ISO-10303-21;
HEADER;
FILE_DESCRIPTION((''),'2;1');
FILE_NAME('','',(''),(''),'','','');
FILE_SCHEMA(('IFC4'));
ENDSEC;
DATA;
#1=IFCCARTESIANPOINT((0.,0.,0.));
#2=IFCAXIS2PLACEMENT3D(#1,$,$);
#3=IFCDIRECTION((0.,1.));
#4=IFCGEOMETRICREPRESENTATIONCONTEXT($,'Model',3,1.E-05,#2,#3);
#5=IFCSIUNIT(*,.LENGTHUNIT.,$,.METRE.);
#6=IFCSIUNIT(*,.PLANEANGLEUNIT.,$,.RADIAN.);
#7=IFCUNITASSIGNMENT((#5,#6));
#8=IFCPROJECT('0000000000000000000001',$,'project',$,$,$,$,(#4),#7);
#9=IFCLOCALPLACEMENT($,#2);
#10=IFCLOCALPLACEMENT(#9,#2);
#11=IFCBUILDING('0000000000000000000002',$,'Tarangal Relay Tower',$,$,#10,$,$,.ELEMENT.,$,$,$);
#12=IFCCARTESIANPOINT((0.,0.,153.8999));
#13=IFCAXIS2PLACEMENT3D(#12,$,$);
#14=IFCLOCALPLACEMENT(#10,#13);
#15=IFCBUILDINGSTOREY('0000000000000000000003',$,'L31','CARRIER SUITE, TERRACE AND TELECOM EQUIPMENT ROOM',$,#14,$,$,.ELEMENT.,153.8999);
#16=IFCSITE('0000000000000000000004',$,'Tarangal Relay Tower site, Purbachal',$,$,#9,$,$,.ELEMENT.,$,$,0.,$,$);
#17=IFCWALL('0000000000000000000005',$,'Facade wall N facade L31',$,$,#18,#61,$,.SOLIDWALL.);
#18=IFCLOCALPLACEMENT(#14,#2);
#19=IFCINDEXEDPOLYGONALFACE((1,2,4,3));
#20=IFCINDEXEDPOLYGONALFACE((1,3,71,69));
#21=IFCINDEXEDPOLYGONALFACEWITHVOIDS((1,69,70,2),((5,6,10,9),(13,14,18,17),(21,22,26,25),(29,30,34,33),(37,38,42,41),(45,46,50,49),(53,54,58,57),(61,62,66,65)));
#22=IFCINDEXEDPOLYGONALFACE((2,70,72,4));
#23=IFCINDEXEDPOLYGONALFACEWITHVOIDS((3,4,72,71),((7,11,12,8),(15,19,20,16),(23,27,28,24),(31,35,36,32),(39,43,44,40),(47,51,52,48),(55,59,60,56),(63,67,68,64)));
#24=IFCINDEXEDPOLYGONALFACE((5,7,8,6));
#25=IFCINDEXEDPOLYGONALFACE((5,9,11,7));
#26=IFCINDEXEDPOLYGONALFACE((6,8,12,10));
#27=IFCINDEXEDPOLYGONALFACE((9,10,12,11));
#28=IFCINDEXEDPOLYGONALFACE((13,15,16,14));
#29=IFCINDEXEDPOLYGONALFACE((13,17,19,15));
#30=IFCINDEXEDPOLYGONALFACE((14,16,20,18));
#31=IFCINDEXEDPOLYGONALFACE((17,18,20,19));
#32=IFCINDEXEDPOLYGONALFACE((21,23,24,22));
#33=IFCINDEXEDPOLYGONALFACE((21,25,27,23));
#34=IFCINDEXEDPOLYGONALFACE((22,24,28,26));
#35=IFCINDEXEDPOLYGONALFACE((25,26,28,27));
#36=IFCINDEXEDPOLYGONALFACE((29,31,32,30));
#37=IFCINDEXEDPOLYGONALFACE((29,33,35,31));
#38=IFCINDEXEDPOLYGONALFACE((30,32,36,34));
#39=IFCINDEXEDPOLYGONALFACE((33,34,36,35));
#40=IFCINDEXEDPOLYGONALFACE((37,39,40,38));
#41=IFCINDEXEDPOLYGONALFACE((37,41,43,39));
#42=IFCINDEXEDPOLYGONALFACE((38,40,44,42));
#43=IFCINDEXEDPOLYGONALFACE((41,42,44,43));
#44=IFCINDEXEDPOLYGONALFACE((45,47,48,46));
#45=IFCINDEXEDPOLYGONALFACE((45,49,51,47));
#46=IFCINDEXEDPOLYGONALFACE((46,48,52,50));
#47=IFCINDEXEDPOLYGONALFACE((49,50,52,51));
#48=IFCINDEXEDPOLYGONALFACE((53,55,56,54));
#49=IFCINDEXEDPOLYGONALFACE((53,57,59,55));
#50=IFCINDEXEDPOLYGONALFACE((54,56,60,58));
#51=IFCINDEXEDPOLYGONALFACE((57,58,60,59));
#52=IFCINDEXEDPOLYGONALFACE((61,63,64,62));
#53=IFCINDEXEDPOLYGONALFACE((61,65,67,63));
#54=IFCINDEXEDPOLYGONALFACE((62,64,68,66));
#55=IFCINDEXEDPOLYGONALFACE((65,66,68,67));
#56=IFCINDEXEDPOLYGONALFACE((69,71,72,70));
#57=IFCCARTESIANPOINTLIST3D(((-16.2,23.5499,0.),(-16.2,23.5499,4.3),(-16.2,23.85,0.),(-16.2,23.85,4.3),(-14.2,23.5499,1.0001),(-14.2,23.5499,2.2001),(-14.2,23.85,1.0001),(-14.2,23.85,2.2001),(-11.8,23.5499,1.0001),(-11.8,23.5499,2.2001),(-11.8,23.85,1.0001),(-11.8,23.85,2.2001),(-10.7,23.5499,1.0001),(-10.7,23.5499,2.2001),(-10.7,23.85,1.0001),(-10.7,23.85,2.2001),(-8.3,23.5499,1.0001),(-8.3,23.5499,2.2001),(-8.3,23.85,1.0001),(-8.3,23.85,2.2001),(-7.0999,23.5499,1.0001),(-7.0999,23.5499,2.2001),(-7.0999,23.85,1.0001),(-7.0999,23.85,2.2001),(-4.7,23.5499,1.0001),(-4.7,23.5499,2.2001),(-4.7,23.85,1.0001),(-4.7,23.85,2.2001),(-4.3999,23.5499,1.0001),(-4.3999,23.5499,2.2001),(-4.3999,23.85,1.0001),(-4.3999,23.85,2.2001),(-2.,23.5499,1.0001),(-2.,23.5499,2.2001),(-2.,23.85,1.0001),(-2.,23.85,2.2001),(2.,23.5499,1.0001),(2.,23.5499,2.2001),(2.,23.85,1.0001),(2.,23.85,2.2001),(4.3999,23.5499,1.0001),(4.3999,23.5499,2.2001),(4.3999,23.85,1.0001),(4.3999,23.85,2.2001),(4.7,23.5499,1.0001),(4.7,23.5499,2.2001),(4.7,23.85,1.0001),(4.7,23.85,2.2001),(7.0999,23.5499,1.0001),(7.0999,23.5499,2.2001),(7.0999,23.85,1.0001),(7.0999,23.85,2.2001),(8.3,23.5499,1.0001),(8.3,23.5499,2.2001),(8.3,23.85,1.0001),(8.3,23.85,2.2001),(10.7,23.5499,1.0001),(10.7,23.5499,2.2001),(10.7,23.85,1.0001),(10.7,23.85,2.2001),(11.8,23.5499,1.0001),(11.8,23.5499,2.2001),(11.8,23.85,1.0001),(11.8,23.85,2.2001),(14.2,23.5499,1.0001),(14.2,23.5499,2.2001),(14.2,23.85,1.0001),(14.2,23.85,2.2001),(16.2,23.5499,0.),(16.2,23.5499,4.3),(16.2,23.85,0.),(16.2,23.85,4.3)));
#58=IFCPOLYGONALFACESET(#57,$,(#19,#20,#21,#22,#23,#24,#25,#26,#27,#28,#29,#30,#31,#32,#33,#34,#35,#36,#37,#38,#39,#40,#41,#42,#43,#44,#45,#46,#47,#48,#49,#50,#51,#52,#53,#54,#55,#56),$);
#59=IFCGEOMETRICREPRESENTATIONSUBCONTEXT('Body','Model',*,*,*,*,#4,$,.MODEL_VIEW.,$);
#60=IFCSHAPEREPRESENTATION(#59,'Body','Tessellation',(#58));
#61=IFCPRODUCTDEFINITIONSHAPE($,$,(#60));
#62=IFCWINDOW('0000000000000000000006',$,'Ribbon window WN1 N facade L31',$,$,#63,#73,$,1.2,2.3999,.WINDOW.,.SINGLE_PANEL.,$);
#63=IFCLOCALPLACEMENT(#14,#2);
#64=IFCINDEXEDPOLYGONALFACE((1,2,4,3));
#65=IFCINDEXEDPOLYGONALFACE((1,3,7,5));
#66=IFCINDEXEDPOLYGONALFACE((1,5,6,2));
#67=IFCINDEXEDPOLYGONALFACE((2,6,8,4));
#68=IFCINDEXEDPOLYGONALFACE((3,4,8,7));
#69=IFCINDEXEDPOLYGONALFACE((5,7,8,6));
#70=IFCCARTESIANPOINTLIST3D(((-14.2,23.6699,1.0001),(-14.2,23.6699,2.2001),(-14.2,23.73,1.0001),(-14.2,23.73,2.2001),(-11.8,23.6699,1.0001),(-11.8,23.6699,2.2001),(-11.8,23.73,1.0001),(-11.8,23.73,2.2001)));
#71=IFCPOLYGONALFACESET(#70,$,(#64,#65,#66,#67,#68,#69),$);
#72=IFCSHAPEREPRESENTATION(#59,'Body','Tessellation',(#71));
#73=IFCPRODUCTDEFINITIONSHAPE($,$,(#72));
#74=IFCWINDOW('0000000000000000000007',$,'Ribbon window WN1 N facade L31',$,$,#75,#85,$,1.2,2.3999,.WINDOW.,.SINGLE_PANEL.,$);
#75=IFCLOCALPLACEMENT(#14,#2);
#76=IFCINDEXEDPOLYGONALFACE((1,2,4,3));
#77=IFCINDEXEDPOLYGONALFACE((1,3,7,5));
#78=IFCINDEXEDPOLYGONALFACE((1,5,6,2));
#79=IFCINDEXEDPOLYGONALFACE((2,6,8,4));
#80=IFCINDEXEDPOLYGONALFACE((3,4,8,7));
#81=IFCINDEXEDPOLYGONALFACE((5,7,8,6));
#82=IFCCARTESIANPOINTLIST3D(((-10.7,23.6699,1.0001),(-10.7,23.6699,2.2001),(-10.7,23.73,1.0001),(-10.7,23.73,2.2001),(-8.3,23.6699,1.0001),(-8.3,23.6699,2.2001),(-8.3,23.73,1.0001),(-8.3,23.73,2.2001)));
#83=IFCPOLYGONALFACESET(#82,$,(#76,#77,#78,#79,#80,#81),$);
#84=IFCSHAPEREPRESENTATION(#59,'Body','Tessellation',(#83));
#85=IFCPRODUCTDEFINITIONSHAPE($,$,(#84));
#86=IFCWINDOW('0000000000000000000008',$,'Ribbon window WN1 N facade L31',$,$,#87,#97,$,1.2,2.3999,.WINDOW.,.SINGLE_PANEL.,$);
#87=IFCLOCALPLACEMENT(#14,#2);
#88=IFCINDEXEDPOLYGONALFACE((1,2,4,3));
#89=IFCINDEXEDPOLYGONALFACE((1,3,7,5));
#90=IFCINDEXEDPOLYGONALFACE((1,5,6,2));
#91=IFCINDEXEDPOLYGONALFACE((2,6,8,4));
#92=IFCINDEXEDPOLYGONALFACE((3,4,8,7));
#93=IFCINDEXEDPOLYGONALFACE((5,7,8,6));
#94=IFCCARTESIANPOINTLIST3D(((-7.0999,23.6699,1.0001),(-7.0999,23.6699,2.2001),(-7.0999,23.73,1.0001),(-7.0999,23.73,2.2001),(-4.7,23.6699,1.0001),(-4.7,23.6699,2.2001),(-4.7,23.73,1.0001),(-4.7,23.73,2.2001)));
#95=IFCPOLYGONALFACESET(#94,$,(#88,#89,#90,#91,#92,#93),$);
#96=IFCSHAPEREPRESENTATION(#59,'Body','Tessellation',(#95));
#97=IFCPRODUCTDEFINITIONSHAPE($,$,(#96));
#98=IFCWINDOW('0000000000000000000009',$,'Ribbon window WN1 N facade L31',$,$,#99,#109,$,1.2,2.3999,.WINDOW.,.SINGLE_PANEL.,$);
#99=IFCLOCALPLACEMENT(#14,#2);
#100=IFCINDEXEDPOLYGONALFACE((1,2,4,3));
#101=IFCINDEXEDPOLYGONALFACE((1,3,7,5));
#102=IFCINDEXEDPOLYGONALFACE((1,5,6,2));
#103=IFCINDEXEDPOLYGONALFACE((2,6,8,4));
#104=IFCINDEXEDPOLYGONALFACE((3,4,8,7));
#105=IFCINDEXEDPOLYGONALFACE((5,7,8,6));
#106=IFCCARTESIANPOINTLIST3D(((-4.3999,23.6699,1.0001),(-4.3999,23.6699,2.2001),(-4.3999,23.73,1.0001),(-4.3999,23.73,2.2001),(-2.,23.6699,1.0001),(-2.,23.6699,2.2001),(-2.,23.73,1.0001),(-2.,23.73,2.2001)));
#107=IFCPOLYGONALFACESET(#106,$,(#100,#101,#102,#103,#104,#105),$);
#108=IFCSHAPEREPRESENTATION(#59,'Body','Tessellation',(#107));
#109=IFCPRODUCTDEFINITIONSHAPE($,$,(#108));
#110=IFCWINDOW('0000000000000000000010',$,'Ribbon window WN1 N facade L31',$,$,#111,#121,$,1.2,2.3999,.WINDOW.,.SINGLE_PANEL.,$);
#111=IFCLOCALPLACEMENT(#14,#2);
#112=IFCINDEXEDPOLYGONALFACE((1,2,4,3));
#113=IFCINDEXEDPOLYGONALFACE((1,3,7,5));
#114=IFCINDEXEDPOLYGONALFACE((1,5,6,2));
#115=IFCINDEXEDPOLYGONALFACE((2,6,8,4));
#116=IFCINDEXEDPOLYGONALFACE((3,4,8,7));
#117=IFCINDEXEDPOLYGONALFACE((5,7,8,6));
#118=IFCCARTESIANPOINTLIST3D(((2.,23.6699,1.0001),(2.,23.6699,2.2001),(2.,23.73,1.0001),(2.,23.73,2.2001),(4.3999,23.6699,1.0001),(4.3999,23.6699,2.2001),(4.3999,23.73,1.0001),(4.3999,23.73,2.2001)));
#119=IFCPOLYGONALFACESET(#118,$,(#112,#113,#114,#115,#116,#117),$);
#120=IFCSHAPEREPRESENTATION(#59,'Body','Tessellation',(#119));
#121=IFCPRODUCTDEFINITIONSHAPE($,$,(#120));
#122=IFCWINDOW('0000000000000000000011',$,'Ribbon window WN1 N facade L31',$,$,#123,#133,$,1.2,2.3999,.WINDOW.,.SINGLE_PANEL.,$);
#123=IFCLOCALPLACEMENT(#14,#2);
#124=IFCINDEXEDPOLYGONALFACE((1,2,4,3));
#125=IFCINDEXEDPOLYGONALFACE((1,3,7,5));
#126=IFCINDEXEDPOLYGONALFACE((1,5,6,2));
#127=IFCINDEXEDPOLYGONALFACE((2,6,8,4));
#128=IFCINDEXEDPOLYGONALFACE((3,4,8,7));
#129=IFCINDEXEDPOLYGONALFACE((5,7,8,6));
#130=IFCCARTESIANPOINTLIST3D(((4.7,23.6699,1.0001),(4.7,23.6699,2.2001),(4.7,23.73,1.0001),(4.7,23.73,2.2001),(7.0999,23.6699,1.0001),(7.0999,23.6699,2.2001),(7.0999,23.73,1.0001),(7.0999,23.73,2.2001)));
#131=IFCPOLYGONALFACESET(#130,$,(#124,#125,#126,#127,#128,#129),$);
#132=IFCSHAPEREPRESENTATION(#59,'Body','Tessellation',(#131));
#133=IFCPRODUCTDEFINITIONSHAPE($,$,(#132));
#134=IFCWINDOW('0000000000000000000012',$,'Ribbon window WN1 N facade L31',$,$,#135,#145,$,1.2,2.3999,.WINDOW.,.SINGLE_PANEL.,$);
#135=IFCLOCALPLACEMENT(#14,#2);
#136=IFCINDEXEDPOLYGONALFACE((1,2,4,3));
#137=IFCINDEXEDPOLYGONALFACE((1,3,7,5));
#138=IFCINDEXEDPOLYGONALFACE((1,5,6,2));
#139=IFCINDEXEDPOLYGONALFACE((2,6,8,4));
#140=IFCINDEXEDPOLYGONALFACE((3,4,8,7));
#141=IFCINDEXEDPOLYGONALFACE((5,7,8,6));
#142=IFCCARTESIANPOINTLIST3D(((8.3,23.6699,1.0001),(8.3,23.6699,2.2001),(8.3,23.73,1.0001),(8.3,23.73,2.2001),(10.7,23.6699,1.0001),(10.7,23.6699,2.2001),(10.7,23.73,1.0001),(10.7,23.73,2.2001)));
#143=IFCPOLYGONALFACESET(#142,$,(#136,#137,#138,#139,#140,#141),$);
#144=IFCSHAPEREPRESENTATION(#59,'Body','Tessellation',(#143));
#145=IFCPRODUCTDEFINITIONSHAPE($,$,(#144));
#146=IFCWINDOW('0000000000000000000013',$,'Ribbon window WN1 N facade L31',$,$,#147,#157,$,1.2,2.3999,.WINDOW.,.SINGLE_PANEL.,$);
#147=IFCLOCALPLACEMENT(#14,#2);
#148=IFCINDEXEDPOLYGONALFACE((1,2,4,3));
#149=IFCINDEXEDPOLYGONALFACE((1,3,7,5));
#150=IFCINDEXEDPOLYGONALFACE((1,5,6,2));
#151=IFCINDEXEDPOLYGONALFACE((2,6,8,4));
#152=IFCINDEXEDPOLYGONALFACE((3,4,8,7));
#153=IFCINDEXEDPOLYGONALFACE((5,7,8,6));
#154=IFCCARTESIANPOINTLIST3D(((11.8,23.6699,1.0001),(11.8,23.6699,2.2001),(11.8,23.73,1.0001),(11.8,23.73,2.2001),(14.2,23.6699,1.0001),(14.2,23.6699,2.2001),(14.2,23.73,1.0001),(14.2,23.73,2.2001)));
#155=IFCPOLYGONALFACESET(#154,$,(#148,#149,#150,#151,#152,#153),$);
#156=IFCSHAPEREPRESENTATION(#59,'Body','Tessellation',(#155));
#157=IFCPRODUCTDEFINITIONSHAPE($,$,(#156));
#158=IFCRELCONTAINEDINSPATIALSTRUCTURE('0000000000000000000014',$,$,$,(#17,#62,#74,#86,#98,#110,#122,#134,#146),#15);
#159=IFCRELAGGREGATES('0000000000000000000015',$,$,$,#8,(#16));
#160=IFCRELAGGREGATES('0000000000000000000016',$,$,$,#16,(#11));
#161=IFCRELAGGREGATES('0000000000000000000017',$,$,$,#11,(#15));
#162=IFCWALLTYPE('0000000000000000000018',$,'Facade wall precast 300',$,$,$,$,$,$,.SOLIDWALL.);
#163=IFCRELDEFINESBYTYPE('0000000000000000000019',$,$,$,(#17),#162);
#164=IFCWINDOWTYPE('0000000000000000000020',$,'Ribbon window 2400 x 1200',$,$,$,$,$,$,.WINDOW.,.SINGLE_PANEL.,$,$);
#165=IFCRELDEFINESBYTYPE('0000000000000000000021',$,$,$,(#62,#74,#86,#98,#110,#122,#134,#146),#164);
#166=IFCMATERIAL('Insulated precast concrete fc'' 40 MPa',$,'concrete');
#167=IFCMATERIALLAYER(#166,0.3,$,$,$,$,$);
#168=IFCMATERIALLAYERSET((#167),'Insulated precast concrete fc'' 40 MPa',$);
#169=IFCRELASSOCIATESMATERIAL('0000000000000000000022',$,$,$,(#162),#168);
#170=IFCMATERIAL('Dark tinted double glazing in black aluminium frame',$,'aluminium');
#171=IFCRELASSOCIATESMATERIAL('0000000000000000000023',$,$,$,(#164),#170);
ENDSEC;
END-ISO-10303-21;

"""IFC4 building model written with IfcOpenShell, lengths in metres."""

from ifc_helpers import new_model, si_unit, direction, frame, frame_2d, origin, place, context, subcontext, project, spatial, rectangle, extrude, material, layer, layer_set, type_object, element, fill, save


model = new_model("IFC4")

# Units and contexts
model_context = context("Model", 3, precision=1e-05, world=origin(), true_north=direction((0.0, 1.0)))
body_context = subcontext(model_context, "Body", "Model", "MODEL_VIEW")
ifc_project = project(units=[si_unit("LENGTHUNIT", "METRE"), si_unit("PLANEANGLEUNIT", "RADIAN")], contexts=[model_context])

# Site, building, storey
site_placement = place(None, origin())
site = spatial("IfcSite", under=ifc_project, at=site_placement, Name="Tarangal Relay Tower site, Purbachal", CompositionType="ELEMENT", RefElevation=0.0)
building_placement = place(site_placement, origin())
building = spatial("IfcBuilding", under=site, at=building_placement, Name="Tarangal Relay Tower", CompositionType="ELEMENT")
storey_placement = place(building_placement, frame((0.0, 0.0, 153.8999)))
storey = spatial("IfcBuildingStorey", under=building, at=storey_placement, Name="L31", Description="CARRIER SUITE, TERRACE AND TELECOM EQUIPMENT ROOM", CompositionType="ELEMENT", Elevation=153.8999)

# Wall, openings, windows
ifc_material_1 = material(Name="Insulated precast concrete fc' 40 MPa", Category="concrete")
ifc_layer_1 = layer(ifc_material_1, 0.3)
ifc_layer_set_1 = layer_set([ifc_layer_1], Name="Insulated precast concrete fc' 40 MPa")
wall_type_1 = type_object("IfcWallType", Name="Facade wall precast 300", PredefinedType="SOLIDWALL", material=ifc_layer_set_1)
wall_1_placement = place(storey_placement, frame((-16.2, 23.7, 0.0), z_axis=(0.0, 0.0, 1.0), x_axis=(1.0, 0.0, 0.0)))
wall_1 = element("IfcWall", 1, at=wall_1_placement, inside=storey, type_object=wall_type_1, Name="Facade wall N facade L31", PredefinedType="SOLIDWALL", context=body_context, shape_type="SweptSolid", body=[
    extrude(rectangle(XDim=32.3999, YDim=0.3, at=frame_2d((16.2, 0.0))), origin(), (0.0, 0.0, 1.0), 4.3),
])
opening_1_placement = place(wall_1_placement, frame((2.0, 0.0, 1.0)))
opening_1 = element("IfcOpeningElement", 2, at=opening_1_placement, cuts=wall_1, PredefinedType="OPENING", context=body_context, shape_type="SweptSolid", body=[
    extrude(rectangle(XDim=2.3999, YDim=1.2, at=frame_2d((1.2, 0.6001))), frame((0.0, 0.1599, 0.0), z_axis=(0.0, -1.0, 0.0), x_axis=(1.0, 0.0, 0.0)), (0.0, 0.0, 1.0), 0.3201),
])
opening_2_placement = place(wall_1_placement, frame((5.5, 0.0, 1.0)))
opening_2 = element("IfcOpeningElement", 3, at=opening_2_placement, cuts=wall_1, PredefinedType="OPENING", context=body_context, shape_type="SweptSolid", body=[
    extrude(rectangle(XDim=2.3999, YDim=1.2, at=frame_2d((1.2, 0.6001))), frame((0.0, 0.1599, 0.0), z_axis=(0.0, -1.0, 0.0), x_axis=(1.0, 0.0, 0.0)), (0.0, 0.0, 1.0), 0.3201),
])
opening_3_placement = place(wall_1_placement, frame((9.1001, 0.0, 1.0)))
opening_3 = element("IfcOpeningElement", 4, at=opening_3_placement, cuts=wall_1, PredefinedType="OPENING", context=body_context, shape_type="SweptSolid", body=[
    extrude(rectangle(XDim=2.3999, YDim=1.2, at=frame_2d((1.2, 0.6001))), frame((0.0, 0.1599, 0.0), z_axis=(0.0, -1.0, 0.0), x_axis=(1.0, 0.0, 0.0)), (0.0, 0.0, 1.0), 0.3201),
])
opening_4_placement = place(wall_1_placement, frame((11.8, 0.0, 1.0)))
opening_4 = element("IfcOpeningElement", 5, at=opening_4_placement, cuts=wall_1, PredefinedType="OPENING", context=body_context, shape_type="SweptSolid", body=[
    extrude(rectangle(XDim=2.3999, YDim=1.2, at=frame_2d((1.2, 0.6001))), frame((0.0, 0.1599, 0.0), z_axis=(0.0, -1.0, 0.0), x_axis=(1.0, 0.0, 0.0)), (0.0, 0.0, 1.0), 0.3201),
])
opening_5_placement = place(wall_1_placement, frame((18.2, 0.0, 1.0)))
opening_5 = element("IfcOpeningElement", 6, at=opening_5_placement, cuts=wall_1, PredefinedType="OPENING", context=body_context, shape_type="SweptSolid", body=[
    extrude(rectangle(XDim=2.3999, YDim=1.2, at=frame_2d((1.2, 0.6001))), frame((0.0, 0.1599, 0.0), z_axis=(0.0, -1.0, 0.0), x_axis=(1.0, 0.0, 0.0)), (0.0, 0.0, 1.0), 0.3201),
])
opening_6_placement = place(wall_1_placement, frame((20.8999, 0.0, 1.0)))
opening_6 = element("IfcOpeningElement", 7, at=opening_6_placement, cuts=wall_1, PredefinedType="OPENING", context=body_context, shape_type="SweptSolid", body=[
    extrude(rectangle(XDim=2.3999, YDim=1.2, at=frame_2d((1.2, 0.6001))), frame((0.0, 0.1599, 0.0), z_axis=(0.0, -1.0, 0.0), x_axis=(1.0, 0.0, 0.0)), (0.0, 0.0, 1.0), 0.3201),
])
opening_7_placement = place(wall_1_placement, frame((24.5, 0.0, 1.0)))
opening_7 = element("IfcOpeningElement", 8, at=opening_7_placement, cuts=wall_1, PredefinedType="OPENING", context=body_context, shape_type="SweptSolid", body=[
    extrude(rectangle(XDim=2.3999, YDim=1.2, at=frame_2d((1.2, 0.6001))), frame((0.0, 0.1599, 0.0), z_axis=(0.0, -1.0, 0.0), x_axis=(1.0, 0.0, 0.0)), (0.0, 0.0, 1.0), 0.3201),
])
opening_8_placement = place(wall_1_placement, frame((28.0, 0.0, 1.0)))
opening_8 = element("IfcOpeningElement", 9, at=opening_8_placement, cuts=wall_1, PredefinedType="OPENING", context=body_context, shape_type="SweptSolid", body=[
    extrude(rectangle(XDim=2.3999, YDim=1.2, at=frame_2d((1.2, 0.6001))), frame((0.0, 0.1599, 0.0), z_axis=(0.0, -1.0, 0.0), x_axis=(1.0, 0.0, 0.0)), (0.0, 0.0, 1.0), 0.3201),
])
ifc_material_2 = material(Name="Dark tinted double glazing in black aluminium frame", Category="aluminium")
window_type = type_object("IfcWindowType", Name="Ribbon window 2400 x 1200", PartitioningType="SINGLE_PANEL", PredefinedType="WINDOW", material=ifc_material_2)
window_1_placement = place(opening_1_placement, origin())
window_1 = element("IfcWindow", 10, at=window_1_placement, inside=storey, type_object=window_type, Name="Ribbon window WN1 N facade L31", OverallHeight=1.2, OverallWidth=2.3999, PartitioningType="SINGLE_PANEL", PredefinedType="WINDOW", context=body_context, shape_type="SweptSolid", body=[
    extrude(rectangle(XDim=2.3999, YDim=1.2, at=frame_2d((1.2, 0.6001))), frame((0.0, 0.03, 0.0), z_axis=(0.0, -1.0, 0.0), x_axis=(1.0, 0.0, 0.0)), (0.0, 0.0, 1.0), 0.0601),
])
fill(opening_1, window_1)
window_2_placement = place(opening_2_placement, origin())
window_2 = element("IfcWindow", 11, at=window_2_placement, inside=storey, type_object=window_type, Name="Ribbon window WN1 N facade L31", OverallHeight=1.2, OverallWidth=2.3999, PartitioningType="SINGLE_PANEL", PredefinedType="WINDOW", context=body_context, shape_type="SweptSolid", body=[
    extrude(rectangle(XDim=2.3999, YDim=1.2, at=frame_2d((1.2, 0.6001))), frame((0.0, 0.03, 0.0), z_axis=(0.0, -1.0, 0.0), x_axis=(1.0, 0.0, 0.0)), (0.0, 0.0, 1.0), 0.0601),
])
fill(opening_2, window_2)
window_3_placement = place(opening_3_placement, origin())
window_3 = element("IfcWindow", 12, at=window_3_placement, inside=storey, type_object=window_type, Name="Ribbon window WN1 N facade L31", OverallHeight=1.2, OverallWidth=2.3999, PartitioningType="SINGLE_PANEL", PredefinedType="WINDOW", context=body_context, shape_type="SweptSolid", body=[
    extrude(rectangle(XDim=2.3999, YDim=1.2, at=frame_2d((1.2, 0.6001))), frame((0.0, 0.03, 0.0), z_axis=(0.0, -1.0, 0.0), x_axis=(1.0, 0.0, 0.0)), (0.0, 0.0, 1.0), 0.0601),
])
fill(opening_3, window_3)
window_4_placement = place(opening_4_placement, origin())
window_4 = element("IfcWindow", 13, at=window_4_placement, inside=storey, type_object=window_type, Name="Ribbon window WN1 N facade L31", OverallHeight=1.2, OverallWidth=2.3999, PartitioningType="SINGLE_PANEL", PredefinedType="WINDOW", context=body_context, shape_type="SweptSolid", body=[
    extrude(rectangle(XDim=2.3999, YDim=1.2, at=frame_2d((1.2, 0.6001))), frame((0.0, 0.03, 0.0), z_axis=(0.0, -1.0, 0.0), x_axis=(1.0, 0.0, 0.0)), (0.0, 0.0, 1.0), 0.0601),
])
fill(opening_4, window_4)
window_5_placement = place(opening_5_placement, origin())
window_5 = element("IfcWindow", 14, at=window_5_placement, inside=storey, type_object=window_type, Name="Ribbon window WN1 N facade L31", OverallHeight=1.2, OverallWidth=2.3999, PartitioningType="SINGLE_PANEL", PredefinedType="WINDOW", context=body_context, shape_type="SweptSolid", body=[
    extrude(rectangle(XDim=2.3999, YDim=1.2, at=frame_2d((1.2, 0.6001))), frame((0.0, 0.03, 0.0), z_axis=(0.0, -1.0, 0.0), x_axis=(1.0, 0.0, 0.0)), (0.0, 0.0, 1.0), 0.0601),
])
fill(opening_5, window_5)
window_6_placement = place(opening_6_placement, origin())
window_6 = element("IfcWindow", 15, at=window_6_placement, inside=storey, type_object=window_type, Name="Ribbon window WN1 N facade L31", OverallHeight=1.2, OverallWidth=2.3999, PartitioningType="SINGLE_PANEL", PredefinedType="WINDOW", context=body_context, shape_type="SweptSolid", body=[
    extrude(rectangle(XDim=2.3999, YDim=1.2, at=frame_2d((1.2, 0.6001))), frame((0.0, 0.03, 0.0), z_axis=(0.0, -1.0, 0.0), x_axis=(1.0, 0.0, 0.0)), (0.0, 0.0, 1.0), 0.0601),
])
fill(opening_6, window_6)
window_7_placement = place(opening_7_placement, origin())
window_7 = element("IfcWindow", 16, at=window_7_placement, inside=storey, type_object=window_type, Name="Ribbon window WN1 N facade L31", OverallHeight=1.2, OverallWidth=2.3999, PartitioningType="SINGLE_PANEL", PredefinedType="WINDOW", context=body_context, shape_type="SweptSolid", body=[
    extrude(rectangle(XDim=2.3999, YDim=1.2, at=frame_2d((1.2, 0.6001))), frame((0.0, 0.03, 0.0), z_axis=(0.0, -1.0, 0.0), x_axis=(1.0, 0.0, 0.0)), (0.0, 0.0, 1.0), 0.0601),
])
fill(opening_7, window_7)
window_8_placement = place(opening_8_placement, origin())
window_8 = element("IfcWindow", 17, at=window_8_placement, inside=storey, type_object=window_type, Name="Ribbon window WN1 N facade L31", OverallHeight=1.2, OverallWidth=2.3999, PartitioningType="SINGLE_PANEL", PredefinedType="WINDOW", context=body_context, shape_type="SweptSolid", body=[
    extrude(rectangle(XDim=2.3999, YDim=1.2, at=frame_2d((1.2, 0.6001))), frame((0.0, 0.03, 0.0), z_axis=(0.0, -1.0, 0.0), x_axis=(1.0, 0.0, 0.0)), (0.0, 0.0, 1.0), 0.0601),
])
fill(opening_8, window_8)

save(model, "model.ifc")
